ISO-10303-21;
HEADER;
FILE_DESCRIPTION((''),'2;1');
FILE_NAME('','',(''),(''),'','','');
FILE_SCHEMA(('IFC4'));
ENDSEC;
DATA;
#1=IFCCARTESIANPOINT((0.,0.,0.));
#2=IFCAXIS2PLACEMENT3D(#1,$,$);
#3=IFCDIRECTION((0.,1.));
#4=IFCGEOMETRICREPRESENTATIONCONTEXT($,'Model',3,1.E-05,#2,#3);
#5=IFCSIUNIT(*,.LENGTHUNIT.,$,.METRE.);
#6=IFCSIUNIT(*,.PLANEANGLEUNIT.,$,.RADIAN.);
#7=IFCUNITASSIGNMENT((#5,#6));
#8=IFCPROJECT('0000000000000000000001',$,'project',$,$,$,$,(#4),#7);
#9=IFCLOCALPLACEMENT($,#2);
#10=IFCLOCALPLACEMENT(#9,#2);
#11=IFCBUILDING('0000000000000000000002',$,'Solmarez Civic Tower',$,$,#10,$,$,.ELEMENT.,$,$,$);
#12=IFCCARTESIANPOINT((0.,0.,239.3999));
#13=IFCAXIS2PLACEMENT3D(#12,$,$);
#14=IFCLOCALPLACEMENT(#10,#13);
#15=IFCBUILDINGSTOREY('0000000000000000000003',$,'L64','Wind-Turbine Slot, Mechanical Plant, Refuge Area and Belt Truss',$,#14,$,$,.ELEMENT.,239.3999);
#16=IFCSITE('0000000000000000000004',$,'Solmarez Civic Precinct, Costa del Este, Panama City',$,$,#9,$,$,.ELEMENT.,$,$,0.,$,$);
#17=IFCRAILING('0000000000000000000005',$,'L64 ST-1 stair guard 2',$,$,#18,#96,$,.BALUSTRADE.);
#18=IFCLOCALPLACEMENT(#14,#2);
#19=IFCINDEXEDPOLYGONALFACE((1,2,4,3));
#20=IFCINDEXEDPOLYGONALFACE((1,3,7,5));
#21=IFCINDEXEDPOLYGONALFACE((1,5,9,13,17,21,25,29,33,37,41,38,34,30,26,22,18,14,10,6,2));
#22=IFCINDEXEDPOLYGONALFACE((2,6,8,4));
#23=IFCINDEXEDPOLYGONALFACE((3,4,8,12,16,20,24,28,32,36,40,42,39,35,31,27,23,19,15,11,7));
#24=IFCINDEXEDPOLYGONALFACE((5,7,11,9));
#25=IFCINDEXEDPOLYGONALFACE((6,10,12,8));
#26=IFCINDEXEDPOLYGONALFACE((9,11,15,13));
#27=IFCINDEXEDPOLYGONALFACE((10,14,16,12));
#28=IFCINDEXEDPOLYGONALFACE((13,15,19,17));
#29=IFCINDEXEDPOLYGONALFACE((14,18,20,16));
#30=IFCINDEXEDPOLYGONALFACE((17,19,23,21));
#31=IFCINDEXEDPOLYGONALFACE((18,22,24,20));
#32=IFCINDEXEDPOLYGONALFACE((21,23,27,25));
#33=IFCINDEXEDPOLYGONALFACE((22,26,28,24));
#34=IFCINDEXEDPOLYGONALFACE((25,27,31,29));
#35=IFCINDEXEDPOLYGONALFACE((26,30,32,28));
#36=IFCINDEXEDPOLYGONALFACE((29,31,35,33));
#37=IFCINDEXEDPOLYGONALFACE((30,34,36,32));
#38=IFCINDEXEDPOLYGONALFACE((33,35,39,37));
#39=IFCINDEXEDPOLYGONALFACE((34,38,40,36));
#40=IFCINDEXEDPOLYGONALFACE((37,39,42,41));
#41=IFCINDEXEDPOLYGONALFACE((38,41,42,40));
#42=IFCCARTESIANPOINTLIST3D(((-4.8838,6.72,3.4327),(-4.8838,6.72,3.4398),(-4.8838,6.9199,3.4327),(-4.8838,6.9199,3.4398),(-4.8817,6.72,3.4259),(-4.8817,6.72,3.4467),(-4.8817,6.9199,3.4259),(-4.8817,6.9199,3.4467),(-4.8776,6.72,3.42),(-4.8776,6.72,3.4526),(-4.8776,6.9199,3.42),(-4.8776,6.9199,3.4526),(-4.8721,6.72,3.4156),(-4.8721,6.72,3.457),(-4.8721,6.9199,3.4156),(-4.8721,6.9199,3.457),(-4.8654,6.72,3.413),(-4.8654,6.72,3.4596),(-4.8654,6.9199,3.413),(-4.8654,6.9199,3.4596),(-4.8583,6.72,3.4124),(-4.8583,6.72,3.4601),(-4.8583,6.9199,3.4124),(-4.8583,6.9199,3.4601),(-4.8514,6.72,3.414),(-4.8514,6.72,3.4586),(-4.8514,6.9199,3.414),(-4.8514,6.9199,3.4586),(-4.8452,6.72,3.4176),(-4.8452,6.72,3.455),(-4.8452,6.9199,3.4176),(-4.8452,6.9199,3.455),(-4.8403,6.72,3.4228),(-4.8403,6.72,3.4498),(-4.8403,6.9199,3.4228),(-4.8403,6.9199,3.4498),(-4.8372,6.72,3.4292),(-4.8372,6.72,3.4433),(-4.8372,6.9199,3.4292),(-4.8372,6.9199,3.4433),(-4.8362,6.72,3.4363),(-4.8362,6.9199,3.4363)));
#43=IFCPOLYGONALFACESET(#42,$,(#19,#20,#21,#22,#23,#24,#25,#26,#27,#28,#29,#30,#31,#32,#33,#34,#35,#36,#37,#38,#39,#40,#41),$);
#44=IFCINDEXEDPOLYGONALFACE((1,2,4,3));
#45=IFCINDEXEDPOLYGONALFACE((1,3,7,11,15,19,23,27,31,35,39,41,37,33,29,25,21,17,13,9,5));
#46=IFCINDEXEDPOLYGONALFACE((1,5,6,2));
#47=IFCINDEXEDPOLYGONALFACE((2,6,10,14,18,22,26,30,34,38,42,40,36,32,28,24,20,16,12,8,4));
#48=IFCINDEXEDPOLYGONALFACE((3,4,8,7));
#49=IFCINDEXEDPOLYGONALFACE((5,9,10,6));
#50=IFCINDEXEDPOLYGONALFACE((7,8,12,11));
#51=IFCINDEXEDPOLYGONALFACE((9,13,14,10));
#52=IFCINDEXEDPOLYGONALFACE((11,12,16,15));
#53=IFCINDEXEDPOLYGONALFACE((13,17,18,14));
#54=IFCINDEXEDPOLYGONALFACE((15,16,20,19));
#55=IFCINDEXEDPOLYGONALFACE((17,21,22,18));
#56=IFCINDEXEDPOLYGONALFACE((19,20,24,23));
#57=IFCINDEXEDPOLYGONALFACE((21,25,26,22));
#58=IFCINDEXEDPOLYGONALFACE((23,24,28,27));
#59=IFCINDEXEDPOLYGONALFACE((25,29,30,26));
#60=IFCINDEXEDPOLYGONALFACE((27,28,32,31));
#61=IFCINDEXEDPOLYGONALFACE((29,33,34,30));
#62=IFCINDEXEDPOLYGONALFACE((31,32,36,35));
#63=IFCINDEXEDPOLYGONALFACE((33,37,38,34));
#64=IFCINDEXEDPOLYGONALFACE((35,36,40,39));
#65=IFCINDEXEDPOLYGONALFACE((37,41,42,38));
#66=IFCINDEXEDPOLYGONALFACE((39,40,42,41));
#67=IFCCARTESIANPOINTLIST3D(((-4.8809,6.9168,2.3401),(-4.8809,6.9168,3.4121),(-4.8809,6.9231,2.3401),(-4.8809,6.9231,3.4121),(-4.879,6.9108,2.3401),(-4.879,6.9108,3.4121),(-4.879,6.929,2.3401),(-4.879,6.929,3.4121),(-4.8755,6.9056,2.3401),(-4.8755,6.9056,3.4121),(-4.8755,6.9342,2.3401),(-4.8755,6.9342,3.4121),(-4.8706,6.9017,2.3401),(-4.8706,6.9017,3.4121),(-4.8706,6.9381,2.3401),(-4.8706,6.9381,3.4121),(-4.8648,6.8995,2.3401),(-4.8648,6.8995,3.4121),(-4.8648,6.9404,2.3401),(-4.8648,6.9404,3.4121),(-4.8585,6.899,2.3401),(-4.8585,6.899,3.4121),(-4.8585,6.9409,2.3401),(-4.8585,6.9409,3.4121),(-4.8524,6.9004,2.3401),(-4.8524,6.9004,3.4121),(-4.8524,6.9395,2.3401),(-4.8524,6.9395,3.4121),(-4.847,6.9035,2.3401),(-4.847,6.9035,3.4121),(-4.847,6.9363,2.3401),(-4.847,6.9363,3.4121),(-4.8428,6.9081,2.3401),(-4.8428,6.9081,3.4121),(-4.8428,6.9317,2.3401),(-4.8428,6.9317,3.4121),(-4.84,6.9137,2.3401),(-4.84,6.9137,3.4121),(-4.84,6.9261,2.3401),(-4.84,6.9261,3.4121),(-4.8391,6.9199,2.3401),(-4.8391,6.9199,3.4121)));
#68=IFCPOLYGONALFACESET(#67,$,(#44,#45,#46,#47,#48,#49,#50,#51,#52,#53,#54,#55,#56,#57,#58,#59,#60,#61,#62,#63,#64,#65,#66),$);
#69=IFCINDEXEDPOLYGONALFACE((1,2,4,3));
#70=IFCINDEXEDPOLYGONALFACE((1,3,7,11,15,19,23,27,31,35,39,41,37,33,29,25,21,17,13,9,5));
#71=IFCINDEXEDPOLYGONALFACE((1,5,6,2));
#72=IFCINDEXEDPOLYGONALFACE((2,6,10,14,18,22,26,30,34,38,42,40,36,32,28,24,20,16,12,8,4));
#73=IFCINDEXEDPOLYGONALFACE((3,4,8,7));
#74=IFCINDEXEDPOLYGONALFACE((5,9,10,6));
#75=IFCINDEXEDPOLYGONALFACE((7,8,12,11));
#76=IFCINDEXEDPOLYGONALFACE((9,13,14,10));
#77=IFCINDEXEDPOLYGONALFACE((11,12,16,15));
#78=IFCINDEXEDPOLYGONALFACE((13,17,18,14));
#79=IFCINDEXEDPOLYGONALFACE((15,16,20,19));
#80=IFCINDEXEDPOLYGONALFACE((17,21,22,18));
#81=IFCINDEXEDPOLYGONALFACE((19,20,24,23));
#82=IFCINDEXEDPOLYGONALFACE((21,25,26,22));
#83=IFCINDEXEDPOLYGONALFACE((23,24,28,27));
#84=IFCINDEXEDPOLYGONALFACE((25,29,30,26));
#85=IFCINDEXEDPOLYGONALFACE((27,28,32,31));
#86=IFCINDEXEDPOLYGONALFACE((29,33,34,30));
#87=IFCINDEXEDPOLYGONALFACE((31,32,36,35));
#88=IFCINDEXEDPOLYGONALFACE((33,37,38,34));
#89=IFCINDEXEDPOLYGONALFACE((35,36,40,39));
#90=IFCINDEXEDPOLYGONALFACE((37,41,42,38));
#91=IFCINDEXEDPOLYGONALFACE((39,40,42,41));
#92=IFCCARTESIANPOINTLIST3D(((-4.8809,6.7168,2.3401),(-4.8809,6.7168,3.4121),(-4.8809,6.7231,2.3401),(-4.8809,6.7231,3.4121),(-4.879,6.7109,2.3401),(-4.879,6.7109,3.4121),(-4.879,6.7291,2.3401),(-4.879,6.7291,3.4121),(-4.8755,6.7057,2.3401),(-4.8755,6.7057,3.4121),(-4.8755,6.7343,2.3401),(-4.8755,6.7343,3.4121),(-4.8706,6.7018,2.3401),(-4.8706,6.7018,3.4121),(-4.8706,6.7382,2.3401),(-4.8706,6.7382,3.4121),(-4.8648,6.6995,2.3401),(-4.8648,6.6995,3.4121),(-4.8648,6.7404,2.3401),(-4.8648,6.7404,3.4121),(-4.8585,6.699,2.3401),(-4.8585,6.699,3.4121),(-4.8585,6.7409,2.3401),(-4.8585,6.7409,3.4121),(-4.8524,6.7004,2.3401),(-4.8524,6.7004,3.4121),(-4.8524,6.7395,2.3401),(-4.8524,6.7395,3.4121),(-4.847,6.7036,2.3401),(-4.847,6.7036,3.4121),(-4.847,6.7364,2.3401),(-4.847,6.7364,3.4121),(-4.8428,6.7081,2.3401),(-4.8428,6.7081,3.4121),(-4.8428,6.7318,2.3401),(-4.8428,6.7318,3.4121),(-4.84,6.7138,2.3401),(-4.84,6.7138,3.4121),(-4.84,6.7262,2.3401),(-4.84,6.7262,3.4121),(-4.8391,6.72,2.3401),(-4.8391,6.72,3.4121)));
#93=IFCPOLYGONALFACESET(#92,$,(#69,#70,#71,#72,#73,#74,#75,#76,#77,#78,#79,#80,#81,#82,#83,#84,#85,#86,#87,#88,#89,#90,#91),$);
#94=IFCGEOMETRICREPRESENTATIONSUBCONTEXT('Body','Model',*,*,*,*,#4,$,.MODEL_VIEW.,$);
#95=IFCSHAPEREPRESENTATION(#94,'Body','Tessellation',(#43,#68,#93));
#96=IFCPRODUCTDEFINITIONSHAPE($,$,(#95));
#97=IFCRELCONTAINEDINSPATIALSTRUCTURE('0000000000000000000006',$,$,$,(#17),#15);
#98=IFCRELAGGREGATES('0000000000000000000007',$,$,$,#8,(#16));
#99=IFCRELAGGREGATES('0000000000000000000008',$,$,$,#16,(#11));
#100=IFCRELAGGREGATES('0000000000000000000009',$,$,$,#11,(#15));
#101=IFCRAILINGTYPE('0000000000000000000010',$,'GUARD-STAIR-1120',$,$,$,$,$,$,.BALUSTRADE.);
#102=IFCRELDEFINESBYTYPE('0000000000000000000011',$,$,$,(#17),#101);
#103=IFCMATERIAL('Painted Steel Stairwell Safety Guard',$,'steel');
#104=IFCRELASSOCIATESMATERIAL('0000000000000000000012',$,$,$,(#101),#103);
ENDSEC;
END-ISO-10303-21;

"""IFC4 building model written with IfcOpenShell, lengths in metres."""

from ifc_helpers import new_model, si_unit, direction, frame, origin, origin_2d, place, context, subcontext, project, spatial, circle, extrude, material, type_object, element, save


model = new_model("IFC4")

# Units and contexts
model_context = context("Model", 3, precision=1e-05, world=origin(), true_north=direction((0.0, 1.0)))
body_context = subcontext(model_context, "Body", "Model", "MODEL_VIEW")
ifc_project = project(units=[si_unit("LENGTHUNIT", "METRE"), si_unit("PLANEANGLEUNIT", "RADIAN")], contexts=[model_context])

# Site, building, storey
site_placement = place(None, origin())
site = spatial("IfcSite", under=ifc_project, at=site_placement, Name="Solmarez Civic Precinct, Costa del Este, Panama City", CompositionType="ELEMENT", RefElevation=0.0)
building_placement = place(site_placement, origin())
building = spatial("IfcBuilding", under=site, at=building_placement, Name="Solmarez Civic Tower", CompositionType="ELEMENT")
storey_placement = place(building_placement, frame((0.0, 0.0, 239.3999)))
storey = spatial("IfcBuildingStorey", under=building, at=storey_placement, Name="L64", Description="Wind-Turbine Slot, Mechanical Plant, Refuge Area and Belt Truss", CompositionType="ELEMENT", Elevation=239.3999)

# Railing
ifc_material_1 = material(Name="Painted Steel Stairwell Safety Guard", Category="steel")
railing_type_1 = type_object("IfcRailingType", Name="GUARD-STAIR-1120", PredefinedType="BALUSTRADE", material=ifc_material_1)
railing_1_placement = place(storey_placement, frame((-4.8601, 6.9199, 2.3401)))
element("IfcRailing", 1, at=railing_1_placement, inside=storey, type_object=railing_type_1, Name="L64 ST-1 stair guard 2", PredefinedType="BALUSTRADE", context=body_context, shape_type="SweptSolid", body=[
    extrude(circle(Radius=0.0239, at=origin_2d()), frame((0.0, 0.0, 1.0962), z_axis=(0.0, -1.0, 0.0), x_axis=(1.0, 0.0, 0.0)), (0.0, 0.0, 1.0), 0.2),
    extrude(circle(Radius=0.021, at=origin_2d()), origin(), (0.0, 0.0, 1.0), 1.072),
    extrude(circle(Radius=0.021, at=origin_2d()), frame((0.0, -0.2, 0.0)), (0.0, 0.0, 1.0), 1.072),
])

save(model, "model.ifc")
